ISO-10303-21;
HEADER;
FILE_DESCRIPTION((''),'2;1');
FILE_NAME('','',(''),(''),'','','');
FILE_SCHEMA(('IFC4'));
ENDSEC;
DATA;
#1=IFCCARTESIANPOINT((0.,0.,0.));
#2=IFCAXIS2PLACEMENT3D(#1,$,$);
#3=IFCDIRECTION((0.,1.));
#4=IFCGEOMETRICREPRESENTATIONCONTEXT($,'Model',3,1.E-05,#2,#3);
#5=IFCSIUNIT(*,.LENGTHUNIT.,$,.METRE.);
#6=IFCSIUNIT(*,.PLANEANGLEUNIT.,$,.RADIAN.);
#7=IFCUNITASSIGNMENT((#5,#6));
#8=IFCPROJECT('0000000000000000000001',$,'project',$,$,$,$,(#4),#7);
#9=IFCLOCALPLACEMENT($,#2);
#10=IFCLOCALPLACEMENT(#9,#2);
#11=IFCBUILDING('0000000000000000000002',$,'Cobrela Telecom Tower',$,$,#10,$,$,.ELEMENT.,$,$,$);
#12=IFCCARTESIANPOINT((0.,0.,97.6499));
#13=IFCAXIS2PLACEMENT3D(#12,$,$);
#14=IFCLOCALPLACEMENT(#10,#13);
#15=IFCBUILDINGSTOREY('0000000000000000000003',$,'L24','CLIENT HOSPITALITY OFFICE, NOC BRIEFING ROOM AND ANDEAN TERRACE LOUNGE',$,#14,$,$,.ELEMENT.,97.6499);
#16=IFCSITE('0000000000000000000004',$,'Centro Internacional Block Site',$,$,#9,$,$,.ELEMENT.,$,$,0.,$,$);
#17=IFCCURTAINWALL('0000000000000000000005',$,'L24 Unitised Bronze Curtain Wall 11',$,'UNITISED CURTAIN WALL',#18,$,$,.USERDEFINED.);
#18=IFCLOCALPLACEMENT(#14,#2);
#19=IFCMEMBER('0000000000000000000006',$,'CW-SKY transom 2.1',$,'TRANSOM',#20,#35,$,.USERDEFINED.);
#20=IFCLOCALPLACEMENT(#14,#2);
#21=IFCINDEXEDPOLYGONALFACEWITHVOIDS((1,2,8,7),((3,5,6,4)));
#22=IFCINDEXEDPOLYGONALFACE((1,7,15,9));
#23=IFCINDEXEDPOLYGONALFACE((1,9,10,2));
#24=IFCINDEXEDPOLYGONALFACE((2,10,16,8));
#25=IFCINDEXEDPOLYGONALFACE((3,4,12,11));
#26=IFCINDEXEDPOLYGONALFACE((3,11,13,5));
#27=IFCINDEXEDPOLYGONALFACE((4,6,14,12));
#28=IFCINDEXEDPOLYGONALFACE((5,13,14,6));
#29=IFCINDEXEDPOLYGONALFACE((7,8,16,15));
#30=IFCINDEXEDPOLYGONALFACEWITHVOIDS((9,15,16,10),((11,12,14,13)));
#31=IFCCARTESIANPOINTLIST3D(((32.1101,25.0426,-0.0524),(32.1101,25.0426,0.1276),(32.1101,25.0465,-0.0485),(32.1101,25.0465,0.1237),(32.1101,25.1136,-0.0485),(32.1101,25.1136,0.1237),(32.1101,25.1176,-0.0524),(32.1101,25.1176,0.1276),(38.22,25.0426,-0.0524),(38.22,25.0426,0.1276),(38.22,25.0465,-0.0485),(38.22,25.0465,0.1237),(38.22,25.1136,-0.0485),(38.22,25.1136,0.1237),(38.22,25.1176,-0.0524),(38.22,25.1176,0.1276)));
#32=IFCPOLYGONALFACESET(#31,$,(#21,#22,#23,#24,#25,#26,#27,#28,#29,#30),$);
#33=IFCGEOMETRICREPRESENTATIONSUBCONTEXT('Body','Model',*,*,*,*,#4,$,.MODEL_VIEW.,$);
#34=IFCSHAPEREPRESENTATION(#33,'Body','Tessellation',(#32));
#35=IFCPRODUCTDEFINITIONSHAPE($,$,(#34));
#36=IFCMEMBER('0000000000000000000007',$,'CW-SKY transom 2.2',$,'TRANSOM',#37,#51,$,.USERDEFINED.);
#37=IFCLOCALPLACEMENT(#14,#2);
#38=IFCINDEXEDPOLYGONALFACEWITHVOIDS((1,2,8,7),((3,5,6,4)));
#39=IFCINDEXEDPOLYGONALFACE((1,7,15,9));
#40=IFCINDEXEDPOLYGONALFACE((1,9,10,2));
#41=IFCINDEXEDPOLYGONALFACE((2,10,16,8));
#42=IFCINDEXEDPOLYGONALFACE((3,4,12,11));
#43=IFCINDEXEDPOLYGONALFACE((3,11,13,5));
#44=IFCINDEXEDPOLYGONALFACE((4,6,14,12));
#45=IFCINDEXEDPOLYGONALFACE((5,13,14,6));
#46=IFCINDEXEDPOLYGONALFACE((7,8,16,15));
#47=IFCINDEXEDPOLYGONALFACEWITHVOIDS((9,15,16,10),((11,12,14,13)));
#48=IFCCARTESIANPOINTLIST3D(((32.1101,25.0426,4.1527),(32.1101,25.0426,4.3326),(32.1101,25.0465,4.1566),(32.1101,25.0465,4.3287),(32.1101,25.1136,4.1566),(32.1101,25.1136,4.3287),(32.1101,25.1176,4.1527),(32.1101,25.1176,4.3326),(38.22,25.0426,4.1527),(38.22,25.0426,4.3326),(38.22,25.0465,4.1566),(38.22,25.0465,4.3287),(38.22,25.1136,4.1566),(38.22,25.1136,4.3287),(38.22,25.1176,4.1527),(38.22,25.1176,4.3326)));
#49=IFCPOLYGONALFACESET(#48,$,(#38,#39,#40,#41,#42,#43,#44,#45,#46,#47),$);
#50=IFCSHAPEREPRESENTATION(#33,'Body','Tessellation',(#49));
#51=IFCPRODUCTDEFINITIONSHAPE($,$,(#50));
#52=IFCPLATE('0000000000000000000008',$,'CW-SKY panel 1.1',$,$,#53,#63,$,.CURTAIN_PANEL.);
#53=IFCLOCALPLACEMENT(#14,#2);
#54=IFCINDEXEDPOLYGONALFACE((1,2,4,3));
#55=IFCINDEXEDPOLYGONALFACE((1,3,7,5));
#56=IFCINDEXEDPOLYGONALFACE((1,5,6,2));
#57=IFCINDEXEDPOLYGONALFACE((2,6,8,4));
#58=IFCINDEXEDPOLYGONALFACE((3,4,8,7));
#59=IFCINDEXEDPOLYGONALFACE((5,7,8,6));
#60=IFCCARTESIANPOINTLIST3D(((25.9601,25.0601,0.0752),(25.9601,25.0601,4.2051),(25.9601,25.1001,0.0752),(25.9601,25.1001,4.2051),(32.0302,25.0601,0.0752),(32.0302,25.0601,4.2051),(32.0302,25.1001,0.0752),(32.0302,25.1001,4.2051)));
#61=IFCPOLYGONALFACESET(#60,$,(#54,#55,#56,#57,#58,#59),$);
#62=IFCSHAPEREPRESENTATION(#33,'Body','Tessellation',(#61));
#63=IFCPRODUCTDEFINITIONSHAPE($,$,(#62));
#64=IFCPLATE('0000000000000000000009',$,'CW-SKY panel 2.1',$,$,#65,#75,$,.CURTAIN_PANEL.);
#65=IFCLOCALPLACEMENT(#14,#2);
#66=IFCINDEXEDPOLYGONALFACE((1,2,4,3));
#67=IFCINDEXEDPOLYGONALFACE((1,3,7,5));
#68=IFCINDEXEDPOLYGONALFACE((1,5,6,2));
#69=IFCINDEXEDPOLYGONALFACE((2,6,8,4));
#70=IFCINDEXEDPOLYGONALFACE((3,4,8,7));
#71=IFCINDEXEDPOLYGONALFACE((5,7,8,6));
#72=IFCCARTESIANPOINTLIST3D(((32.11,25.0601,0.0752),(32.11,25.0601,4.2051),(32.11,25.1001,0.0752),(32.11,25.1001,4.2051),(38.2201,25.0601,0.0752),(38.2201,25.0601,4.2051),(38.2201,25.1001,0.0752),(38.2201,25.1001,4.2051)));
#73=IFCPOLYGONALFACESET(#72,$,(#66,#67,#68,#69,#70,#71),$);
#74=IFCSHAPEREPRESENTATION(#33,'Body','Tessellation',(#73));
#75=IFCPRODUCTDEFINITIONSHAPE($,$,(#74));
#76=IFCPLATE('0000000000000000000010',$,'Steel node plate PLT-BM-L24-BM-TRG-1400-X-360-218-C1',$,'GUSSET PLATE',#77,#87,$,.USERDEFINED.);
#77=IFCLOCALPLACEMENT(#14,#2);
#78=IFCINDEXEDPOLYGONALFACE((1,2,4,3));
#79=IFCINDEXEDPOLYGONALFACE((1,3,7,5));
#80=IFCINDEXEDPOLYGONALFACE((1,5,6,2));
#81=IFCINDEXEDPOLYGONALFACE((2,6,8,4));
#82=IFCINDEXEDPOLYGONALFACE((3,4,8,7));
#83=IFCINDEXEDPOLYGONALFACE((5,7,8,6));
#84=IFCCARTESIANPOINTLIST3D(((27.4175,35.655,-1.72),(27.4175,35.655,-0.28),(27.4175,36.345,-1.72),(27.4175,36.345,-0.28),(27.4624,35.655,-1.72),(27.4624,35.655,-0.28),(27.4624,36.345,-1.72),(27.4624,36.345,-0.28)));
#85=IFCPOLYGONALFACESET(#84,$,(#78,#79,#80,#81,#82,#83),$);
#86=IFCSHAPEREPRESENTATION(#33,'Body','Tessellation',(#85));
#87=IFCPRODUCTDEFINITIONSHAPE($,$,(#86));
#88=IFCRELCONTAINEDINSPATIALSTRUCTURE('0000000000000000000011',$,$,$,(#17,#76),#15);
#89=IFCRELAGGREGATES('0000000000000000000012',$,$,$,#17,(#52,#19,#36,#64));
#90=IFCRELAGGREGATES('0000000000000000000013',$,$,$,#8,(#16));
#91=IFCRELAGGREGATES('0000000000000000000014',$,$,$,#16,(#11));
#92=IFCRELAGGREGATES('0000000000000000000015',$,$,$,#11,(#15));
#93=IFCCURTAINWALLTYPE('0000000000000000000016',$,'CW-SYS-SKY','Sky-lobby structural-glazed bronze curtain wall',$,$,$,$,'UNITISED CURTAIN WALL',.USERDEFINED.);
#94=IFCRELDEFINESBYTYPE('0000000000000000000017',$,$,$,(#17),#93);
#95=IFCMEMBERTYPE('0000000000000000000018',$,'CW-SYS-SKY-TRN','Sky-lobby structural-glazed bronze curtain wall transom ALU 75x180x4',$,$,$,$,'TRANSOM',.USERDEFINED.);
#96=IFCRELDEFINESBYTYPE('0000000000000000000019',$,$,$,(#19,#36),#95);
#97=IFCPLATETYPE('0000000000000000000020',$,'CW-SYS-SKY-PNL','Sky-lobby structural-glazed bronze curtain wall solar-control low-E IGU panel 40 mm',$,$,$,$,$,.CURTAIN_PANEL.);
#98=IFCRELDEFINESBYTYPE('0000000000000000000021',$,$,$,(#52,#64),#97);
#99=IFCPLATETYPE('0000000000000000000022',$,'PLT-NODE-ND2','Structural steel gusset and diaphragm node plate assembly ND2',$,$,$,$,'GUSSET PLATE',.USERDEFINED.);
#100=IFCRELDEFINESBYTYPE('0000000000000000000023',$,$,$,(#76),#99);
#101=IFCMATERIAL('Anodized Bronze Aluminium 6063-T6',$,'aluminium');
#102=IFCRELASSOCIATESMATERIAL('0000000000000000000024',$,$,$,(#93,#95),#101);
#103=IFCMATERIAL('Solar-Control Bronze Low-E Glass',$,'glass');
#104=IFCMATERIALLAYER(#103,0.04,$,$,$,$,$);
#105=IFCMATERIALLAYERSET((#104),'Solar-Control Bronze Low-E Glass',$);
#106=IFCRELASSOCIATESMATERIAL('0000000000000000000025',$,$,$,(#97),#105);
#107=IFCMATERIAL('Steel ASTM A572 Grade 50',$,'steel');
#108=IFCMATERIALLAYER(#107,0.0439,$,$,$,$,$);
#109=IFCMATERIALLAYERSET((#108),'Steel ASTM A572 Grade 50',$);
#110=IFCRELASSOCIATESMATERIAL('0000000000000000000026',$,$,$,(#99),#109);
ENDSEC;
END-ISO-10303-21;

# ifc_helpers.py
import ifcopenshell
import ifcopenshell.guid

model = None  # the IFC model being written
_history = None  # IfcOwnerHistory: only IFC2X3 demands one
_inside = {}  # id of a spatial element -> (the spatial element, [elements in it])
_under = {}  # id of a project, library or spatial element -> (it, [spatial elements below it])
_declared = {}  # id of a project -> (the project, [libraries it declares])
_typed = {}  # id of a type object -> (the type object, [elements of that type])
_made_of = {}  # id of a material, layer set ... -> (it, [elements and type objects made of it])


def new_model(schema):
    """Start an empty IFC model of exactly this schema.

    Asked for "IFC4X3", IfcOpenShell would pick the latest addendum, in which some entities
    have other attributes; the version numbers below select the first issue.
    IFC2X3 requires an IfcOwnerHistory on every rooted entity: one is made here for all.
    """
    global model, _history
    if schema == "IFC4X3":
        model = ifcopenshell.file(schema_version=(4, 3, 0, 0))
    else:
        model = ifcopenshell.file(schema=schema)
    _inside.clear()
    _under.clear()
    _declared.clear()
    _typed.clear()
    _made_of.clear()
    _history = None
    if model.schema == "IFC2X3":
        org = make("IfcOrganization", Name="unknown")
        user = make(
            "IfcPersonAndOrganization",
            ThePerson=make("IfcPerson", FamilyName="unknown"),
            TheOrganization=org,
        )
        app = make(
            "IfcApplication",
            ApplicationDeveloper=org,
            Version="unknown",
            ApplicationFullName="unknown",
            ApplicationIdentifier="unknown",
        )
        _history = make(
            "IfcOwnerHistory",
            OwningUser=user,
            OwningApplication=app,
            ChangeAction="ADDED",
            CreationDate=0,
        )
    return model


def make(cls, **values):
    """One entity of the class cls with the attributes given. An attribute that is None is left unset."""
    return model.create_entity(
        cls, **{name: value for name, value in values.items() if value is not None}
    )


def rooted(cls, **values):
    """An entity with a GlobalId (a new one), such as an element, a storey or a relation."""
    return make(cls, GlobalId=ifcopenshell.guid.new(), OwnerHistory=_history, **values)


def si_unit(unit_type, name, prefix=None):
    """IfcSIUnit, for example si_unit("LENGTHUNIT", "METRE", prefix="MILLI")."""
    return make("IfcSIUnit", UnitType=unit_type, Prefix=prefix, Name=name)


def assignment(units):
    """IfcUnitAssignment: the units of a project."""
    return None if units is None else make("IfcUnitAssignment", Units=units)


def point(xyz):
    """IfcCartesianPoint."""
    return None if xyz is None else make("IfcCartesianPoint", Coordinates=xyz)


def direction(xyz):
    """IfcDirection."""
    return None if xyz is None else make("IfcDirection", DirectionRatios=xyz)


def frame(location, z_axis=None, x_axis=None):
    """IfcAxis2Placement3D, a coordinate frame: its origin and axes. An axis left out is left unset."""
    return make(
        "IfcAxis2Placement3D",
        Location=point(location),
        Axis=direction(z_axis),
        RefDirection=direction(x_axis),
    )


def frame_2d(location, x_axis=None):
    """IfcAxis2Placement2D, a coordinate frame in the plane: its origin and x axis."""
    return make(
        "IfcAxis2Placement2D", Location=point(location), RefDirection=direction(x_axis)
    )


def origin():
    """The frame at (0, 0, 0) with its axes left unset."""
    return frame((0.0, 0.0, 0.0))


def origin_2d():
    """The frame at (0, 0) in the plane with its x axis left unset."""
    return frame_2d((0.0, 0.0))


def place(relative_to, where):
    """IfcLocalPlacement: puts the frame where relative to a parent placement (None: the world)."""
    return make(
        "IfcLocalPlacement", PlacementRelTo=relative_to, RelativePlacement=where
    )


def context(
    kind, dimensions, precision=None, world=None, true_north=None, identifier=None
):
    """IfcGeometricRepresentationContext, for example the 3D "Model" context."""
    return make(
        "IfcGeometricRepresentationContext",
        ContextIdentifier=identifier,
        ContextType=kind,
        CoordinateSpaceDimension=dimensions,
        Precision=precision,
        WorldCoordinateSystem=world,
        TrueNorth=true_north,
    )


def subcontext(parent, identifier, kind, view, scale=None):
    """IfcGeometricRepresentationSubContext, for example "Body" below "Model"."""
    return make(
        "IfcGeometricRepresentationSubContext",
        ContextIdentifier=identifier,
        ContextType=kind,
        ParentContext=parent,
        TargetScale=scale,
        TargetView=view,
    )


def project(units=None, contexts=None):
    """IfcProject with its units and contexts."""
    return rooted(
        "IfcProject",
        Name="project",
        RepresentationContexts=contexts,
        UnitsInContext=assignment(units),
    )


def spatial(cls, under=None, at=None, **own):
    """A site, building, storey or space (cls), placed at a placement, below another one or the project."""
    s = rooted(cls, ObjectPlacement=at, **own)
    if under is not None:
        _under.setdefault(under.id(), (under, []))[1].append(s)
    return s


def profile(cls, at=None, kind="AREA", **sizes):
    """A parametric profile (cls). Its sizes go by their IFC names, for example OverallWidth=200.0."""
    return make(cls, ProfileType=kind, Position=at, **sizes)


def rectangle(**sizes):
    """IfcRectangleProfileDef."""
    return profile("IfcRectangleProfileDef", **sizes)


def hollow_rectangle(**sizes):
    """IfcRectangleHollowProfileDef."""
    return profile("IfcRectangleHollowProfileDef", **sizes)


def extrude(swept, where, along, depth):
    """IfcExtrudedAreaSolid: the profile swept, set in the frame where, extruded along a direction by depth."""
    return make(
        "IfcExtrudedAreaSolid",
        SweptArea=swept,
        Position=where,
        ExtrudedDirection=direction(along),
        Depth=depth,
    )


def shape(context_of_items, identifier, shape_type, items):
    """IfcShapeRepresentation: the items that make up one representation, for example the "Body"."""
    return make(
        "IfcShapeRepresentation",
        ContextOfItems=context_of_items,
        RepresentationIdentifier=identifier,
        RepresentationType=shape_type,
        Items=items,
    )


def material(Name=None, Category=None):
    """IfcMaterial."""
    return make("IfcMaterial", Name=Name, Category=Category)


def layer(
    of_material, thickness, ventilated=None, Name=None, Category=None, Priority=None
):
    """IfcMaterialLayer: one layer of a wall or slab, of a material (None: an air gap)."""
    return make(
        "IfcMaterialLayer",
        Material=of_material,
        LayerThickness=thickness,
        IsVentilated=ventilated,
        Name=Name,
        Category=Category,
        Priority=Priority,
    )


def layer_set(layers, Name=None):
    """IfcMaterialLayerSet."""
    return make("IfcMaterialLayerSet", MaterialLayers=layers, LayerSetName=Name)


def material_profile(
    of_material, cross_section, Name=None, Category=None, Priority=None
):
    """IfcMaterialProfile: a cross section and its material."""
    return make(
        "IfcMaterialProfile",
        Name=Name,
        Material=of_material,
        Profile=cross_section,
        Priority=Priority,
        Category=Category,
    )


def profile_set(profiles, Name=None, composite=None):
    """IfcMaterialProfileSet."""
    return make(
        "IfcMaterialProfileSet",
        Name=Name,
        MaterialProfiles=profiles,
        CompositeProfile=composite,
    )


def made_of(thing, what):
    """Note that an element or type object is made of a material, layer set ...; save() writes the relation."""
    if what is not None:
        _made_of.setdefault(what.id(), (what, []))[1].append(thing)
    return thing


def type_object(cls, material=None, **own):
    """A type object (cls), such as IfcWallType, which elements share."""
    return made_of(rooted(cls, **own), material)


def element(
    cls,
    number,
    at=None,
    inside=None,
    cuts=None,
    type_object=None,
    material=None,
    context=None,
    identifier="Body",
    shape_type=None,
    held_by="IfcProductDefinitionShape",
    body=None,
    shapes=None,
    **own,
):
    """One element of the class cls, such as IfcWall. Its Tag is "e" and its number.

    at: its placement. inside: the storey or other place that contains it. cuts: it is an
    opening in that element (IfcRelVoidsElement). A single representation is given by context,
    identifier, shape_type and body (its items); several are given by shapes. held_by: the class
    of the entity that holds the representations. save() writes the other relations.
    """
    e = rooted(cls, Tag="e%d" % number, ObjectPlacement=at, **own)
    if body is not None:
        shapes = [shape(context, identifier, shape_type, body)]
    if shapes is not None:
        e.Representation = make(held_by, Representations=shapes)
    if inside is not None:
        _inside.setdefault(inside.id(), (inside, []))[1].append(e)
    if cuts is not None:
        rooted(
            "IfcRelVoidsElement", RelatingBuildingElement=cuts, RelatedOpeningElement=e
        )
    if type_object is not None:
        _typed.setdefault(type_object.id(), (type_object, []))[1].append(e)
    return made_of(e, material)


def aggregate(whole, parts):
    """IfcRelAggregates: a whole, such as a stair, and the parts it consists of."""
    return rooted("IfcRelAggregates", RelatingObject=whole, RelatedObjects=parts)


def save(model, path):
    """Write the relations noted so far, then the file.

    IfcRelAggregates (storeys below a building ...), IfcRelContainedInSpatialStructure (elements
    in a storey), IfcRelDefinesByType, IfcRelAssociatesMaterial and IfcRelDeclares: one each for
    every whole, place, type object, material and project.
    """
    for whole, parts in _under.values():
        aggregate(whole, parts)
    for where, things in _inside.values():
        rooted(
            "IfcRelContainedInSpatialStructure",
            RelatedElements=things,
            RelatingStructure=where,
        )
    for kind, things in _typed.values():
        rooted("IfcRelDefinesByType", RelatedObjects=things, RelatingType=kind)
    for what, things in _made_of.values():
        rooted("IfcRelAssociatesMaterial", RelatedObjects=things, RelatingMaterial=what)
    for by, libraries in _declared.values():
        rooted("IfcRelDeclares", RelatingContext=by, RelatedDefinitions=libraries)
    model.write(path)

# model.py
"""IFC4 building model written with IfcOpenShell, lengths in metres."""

from ifc_helpers import new_model, si_unit, direction, frame, origin, origin_2d, place, context, subcontext, project, spatial, rectangle, hollow_rectangle, extrude, material, layer, layer_set, material_profile, profile_set, type_object, element, aggregate, save


model = new_model("IFC4")

# Units and contexts
model_context = context("Model", 3, precision=1e-05, world=origin(), true_north=direction((0.0, 1.0)))
body_context = subcontext(model_context, "Body", "Model", "MODEL_VIEW")
ifc_project = project(units=[si_unit("LENGTHUNIT", "METRE"), si_unit("PLANEANGLEUNIT", "RADIAN")], contexts=[model_context])

# Site, building, storey
site_placement = place(None, origin())
site = spatial("IfcSite", under=ifc_project, at=site_placement, Name="Centro Internacional Block Site", CompositionType="ELEMENT", RefElevation=0.0)
building_placement = place(site_placement, origin())
building = spatial("IfcBuilding", under=site, at=building_placement, Name="Cobrela Telecom Tower", CompositionType="ELEMENT")
storey_placement = place(building_placement, frame((0.0, 0.0, 97.6499)))
storey = spatial("IfcBuildingStorey", under=building, at=storey_placement, Name="L24", Description="CLIENT HOSPITALITY OFFICE, NOC BRIEFING ROOM AND ANDEAN TERRACE LOUNGE", CompositionType="ELEMENT", Elevation=97.6499)

# Curtain wall, members, plates
ifc_material_1 = material(Name="Anodized Bronze Aluminium 6063-T6", Category="aluminium")
curtain_wall_type = type_object("IfcCurtainWallType", Name="CW-SYS-SKY", Description="Sky-lobby structural-glazed bronze curtain wall", ElementType="UNITISED CURTAIN WALL", PredefinedType="USERDEFINED", material=ifc_material_1)
curtain_wall_placement = place(storey_placement, origin())
curtain_wall = element("IfcCurtainWall", 1, at=curtain_wall_placement, inside=storey, type_object=curtain_wall_type, Name="L24 Unitised Bronze Curtain Wall 11", ObjectType="UNITISED CURTAIN WALL", PredefinedType="USERDEFINED")
ifc_material_profile_1 = material_profile(ifc_material_1, hollow_rectangle(XDim=0.075, YDim=0.1799, WallThickness=0.0039, at=origin_2d()), Name="ALU 75x180x4")
ifc_profile_set_1 = profile_set([ifc_material_profile_1], Name="Anodized Bronze Aluminium 6063-T6")
member_type_1 = type_object("IfcMemberType", Name="CW-SYS-SKY-TRN", Description="Sky-lobby structural-glazed bronze curtain wall transom ALU 75x180x4", ElementType="TRANSOM", PredefinedType="USERDEFINED", material=ifc_profile_set_1)
member_1_placement = place(storey_placement, frame((32.1101, 25.0801, 0.0376), z_axis=(1.0, 0.0, 0.0), x_axis=(0.0, 1.0, 0.0)))
member_1 = element("IfcMember", 2, at=member_1_placement, type_object=member_type_1, Name="CW-SKY transom 2.1", ObjectType="TRANSOM", PredefinedType="USERDEFINED", context=body_context, shape_type="SweptSolid", body=[
    extrude(hollow_rectangle(XDim=0.075, YDim=0.1799, WallThickness=0.0039, at=origin_2d()), origin(), (0.0, 0.0, 1.0), 6.1099),
])
member_2_placement = place(storey_placement, frame((32.1101, 25.0801, 4.2427), z_axis=(1.0, 0.0, 0.0), x_axis=(0.0, 1.0, 0.0)))
member_2 = element("IfcMember", 3, at=member_2_placement, type_object=member_type_1, Name="CW-SKY transom 2.2", ObjectType="TRANSOM", PredefinedType="USERDEFINED", context=body_context, shape_type="SweptSolid", body=[
    extrude(hollow_rectangle(XDim=0.075, YDim=0.1799, WallThickness=0.0039, at=origin_2d()), origin(), (0.0, 0.0, 1.0), 6.1099),
])
ifc_material_2 = material(Name="Solar-Control Bronze Low-E Glass", Category="glass")
ifc_layer_1 = layer(ifc_material_2, 0.04)
ifc_layer_set_1 = layer_set([ifc_layer_1], Name="Solar-Control Bronze Low-E Glass")
plate_type_1 = type_object("IfcPlateType", Name="CW-SYS-SKY-PNL", Description="Sky-lobby structural-glazed bronze curtain wall solar-control low-E IGU panel 40 mm", PredefinedType="CURTAIN_PANEL", material=ifc_layer_set_1)
plate_1_placement = place(storey_placement, frame((28.9951, 25.0801, 0.0752), z_axis=(0.0, 0.0, 1.0), x_axis=(1.0, 0.0, 0.0)))
plate_1 = element("IfcPlate", 4, at=plate_1_placement, type_object=plate_type_1, Name="CW-SKY panel 1.1", PredefinedType="CURTAIN_PANEL", context=body_context, shape_type="SweptSolid", body=[
    extrude(rectangle(XDim=6.0701, YDim=0.04, at=origin_2d()), origin(), (0.0, 0.0, 1.0), 4.1299),
])
plate_2_placement = place(storey_placement, frame((35.165, 25.0801, 0.0752), z_axis=(0.0, 0.0, 1.0), x_axis=(1.0, 0.0, 0.0)))
plate_2 = element("IfcPlate", 5, at=plate_2_placement, type_object=plate_type_1, Name="CW-SKY panel 2.1", PredefinedType="CURTAIN_PANEL", context=body_context, shape_type="SweptSolid", body=[
    extrude(rectangle(XDim=6.1101, YDim=0.04, at=origin_2d()), origin(), (0.0, 0.0, 1.0), 4.1299),
])
aggregate(curtain_wall, [plate_1, member_1, member_2, plate_2])

# Plate
ifc_material_3 = material(Name="Steel ASTM A572 Grade 50", Category="steel")
ifc_layer_2 = layer(ifc_material_3, 0.0439)
ifc_layer_set_2 = layer_set([ifc_layer_2], Name="Steel ASTM A572 Grade 50")
plate_type_2 = type_object("IfcPlateType", Name="PLT-NODE-ND2", Description="Structural steel gusset and diaphragm node plate assembly ND2", ElementType="GUSSET PLATE", PredefinedType="USERDEFINED", material=ifc_layer_set_2)
plate_3_placement = place(storey_placement, frame((27.4399, 36.0, -1.72), z_axis=(0.0, 0.0, 1.0), x_axis=(1.0, 0.0, 0.0)))
element("IfcPlate", 6, at=plate_3_placement, inside=storey, type_object=plate_type_2, Name="Steel node plate PLT-BM-L24-BM-TRG-1400-X-360-218-C1", ObjectType="GUSSET PLATE", PredefinedType="USERDEFINED", context=body_context, shape_type="SweptSolid", body=[
    extrude(rectangle(XDim=0.0449, YDim=0.6899, at=origin_2d()), origin(), (0.0, 0.0, 1.0), 1.4399),
])

save(model, "model.ifc")
